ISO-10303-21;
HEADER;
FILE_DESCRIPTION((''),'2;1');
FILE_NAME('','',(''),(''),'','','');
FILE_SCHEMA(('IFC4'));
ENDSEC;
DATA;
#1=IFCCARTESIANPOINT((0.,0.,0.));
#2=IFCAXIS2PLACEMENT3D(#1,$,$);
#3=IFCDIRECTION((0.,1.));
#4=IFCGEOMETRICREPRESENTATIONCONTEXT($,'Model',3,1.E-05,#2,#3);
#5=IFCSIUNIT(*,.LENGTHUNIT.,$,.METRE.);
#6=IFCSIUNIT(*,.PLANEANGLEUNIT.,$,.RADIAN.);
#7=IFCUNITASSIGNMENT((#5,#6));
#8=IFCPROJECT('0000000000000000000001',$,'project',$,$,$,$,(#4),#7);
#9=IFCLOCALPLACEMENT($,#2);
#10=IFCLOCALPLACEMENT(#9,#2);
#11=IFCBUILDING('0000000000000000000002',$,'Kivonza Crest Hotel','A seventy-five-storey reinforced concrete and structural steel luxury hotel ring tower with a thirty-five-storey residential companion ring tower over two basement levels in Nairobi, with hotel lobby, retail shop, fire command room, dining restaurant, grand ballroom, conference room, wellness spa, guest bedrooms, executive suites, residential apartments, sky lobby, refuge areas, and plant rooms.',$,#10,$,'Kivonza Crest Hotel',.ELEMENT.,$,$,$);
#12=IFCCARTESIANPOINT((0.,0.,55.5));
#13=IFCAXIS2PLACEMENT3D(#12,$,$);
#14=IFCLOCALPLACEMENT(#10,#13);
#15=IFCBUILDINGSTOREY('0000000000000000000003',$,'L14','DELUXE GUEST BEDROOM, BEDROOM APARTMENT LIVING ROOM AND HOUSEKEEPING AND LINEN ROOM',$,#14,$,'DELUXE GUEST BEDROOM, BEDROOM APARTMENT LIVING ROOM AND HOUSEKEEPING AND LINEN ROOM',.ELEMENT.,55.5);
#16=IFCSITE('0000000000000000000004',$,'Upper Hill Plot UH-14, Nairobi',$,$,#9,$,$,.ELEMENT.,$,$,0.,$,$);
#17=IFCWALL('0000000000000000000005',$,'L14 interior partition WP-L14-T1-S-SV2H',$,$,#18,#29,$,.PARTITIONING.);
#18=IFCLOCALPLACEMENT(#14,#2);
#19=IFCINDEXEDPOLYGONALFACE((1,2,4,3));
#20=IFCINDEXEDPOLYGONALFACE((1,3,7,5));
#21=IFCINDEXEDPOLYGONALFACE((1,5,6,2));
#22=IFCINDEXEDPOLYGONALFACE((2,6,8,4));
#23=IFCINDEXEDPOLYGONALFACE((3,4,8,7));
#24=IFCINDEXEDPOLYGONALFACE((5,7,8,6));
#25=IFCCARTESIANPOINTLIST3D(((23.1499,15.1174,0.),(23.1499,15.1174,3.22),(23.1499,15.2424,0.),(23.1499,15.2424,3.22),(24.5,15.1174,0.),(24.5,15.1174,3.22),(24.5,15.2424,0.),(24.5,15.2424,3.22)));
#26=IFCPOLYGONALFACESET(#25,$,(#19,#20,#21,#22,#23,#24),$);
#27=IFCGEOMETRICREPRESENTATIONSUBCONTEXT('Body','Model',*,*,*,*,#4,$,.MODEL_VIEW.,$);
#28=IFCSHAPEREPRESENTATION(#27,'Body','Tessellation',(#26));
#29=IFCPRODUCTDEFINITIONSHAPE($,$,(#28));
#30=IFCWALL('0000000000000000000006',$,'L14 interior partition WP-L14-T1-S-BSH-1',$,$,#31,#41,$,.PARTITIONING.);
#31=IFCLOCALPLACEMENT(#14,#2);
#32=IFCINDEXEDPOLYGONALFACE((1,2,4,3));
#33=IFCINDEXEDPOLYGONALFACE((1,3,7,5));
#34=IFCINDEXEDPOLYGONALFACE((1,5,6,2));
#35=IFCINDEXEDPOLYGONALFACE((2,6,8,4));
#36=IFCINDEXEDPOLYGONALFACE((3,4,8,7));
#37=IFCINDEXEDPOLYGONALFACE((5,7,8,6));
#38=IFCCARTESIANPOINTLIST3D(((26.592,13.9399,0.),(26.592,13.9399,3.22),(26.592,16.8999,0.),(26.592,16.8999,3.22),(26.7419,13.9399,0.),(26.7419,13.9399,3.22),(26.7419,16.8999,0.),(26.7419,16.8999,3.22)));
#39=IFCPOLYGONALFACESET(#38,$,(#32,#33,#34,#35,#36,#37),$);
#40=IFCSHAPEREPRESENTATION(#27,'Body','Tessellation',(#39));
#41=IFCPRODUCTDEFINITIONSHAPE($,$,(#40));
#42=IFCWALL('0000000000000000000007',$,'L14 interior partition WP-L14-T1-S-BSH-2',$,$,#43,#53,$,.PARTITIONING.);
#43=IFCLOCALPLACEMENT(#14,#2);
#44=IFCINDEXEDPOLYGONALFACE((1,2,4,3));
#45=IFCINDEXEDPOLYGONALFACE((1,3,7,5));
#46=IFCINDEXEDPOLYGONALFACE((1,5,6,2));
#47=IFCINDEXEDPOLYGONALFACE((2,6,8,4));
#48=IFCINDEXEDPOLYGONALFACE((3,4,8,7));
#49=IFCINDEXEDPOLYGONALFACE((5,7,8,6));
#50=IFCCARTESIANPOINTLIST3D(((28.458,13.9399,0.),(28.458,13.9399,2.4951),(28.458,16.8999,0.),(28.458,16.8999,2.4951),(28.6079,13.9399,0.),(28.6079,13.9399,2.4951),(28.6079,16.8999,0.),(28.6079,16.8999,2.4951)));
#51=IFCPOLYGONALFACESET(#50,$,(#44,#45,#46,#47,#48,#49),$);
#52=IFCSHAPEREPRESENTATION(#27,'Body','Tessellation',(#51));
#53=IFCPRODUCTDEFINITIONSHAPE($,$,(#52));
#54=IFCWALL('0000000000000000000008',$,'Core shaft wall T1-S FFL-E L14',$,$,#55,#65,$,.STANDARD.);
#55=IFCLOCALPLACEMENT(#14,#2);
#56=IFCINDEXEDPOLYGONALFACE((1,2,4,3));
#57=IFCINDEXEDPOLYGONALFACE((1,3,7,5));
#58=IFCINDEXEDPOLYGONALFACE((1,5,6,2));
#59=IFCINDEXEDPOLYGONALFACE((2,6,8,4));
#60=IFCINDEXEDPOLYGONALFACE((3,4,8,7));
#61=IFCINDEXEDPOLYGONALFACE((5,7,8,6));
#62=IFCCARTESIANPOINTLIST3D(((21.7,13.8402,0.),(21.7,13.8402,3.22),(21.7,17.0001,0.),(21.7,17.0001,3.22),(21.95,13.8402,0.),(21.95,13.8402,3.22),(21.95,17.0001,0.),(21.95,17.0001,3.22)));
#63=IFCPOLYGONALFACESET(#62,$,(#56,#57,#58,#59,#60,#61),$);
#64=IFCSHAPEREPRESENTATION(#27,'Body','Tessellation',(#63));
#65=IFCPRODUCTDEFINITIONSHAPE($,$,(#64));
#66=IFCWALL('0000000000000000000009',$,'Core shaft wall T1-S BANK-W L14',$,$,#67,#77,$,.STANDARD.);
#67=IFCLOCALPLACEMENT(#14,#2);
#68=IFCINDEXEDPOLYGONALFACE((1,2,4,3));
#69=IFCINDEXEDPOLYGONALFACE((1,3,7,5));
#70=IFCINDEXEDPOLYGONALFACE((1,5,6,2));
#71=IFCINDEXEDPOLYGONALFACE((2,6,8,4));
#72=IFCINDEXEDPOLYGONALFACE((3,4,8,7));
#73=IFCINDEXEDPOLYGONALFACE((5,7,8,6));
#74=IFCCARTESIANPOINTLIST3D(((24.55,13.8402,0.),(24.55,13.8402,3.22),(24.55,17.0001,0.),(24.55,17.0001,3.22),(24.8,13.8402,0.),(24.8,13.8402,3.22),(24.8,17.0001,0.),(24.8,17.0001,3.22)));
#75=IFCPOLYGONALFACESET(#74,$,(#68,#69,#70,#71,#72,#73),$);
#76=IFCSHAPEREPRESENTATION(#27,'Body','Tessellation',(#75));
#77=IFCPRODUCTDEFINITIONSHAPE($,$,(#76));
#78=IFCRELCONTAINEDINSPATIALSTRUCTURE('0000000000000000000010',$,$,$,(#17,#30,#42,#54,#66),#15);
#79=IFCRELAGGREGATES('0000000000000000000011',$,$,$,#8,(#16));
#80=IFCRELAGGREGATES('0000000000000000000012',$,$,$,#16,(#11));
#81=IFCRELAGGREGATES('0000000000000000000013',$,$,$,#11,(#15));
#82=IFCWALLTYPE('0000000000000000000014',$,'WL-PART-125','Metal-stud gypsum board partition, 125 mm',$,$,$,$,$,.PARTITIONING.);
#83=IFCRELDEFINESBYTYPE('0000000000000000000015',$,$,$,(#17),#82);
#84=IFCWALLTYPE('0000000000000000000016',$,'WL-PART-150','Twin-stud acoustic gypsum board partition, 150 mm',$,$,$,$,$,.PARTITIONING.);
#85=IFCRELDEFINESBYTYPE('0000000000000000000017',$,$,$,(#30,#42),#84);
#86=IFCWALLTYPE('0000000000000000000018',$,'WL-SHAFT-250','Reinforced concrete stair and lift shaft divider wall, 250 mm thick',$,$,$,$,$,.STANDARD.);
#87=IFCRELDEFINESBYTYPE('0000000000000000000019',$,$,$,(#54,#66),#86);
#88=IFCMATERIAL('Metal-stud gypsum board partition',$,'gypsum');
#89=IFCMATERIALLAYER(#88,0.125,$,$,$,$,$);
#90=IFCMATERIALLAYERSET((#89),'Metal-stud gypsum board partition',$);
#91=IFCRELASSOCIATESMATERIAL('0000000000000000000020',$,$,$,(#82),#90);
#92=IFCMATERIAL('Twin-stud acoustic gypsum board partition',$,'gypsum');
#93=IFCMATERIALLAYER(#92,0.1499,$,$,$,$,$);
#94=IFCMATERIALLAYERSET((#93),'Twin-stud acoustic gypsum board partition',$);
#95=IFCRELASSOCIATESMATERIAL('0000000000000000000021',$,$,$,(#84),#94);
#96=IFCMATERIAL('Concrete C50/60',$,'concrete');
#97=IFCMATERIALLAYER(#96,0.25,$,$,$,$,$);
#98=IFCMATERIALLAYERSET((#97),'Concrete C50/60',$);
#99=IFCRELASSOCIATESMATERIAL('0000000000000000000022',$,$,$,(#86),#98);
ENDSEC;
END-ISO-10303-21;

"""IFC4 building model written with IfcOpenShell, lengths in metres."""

from ifc_helpers import new_model, si_unit, direction, frame, frame_2d, origin, place, context, subcontext, project, spatial, rectangle, extrude, material, layer, layer_set, type_object, element, save


model = new_model("IFC4")

# Units and contexts
model_context = context("Model", 3, precision=1e-05, world=origin(), true_north=direction((0.0, 1.0)))
body_context = subcontext(model_context, "Body", "Model", "MODEL_VIEW")
ifc_project = project(units=[si_unit("LENGTHUNIT", "METRE"), si_unit("PLANEANGLEUNIT", "RADIAN")], contexts=[model_context])

# Site, building, storey
site_placement = place(None, origin())
site = spatial("IfcSite", under=ifc_project, at=site_placement, Name="Upper Hill Plot UH-14, Nairobi", CompositionType="ELEMENT", RefElevation=0.0)
building_placement = place(site_placement, origin())
building = spatial("IfcBuilding", under=site, at=building_placement, Name="Kivonza Crest Hotel", Description="A seventy-five-storey reinforced concrete and structural steel luxury hotel ring tower with a thirty-five-storey residential companion ring tower over two basement levels in Nairobi, with hotel lobby, retail shop, fire command room, dining restaurant, grand ballroom, conference room, wellness spa, guest bedrooms, executive suites, residential apartments, sky lobby, refuge areas, and plant rooms.", LongName="Kivonza Crest Hotel", CompositionType="ELEMENT")
storey_placement = place(building_placement, frame((0.0, 0.0, 55.5)))
storey = spatial("IfcBuildingStorey", under=building, at=storey_placement, Name="L14", Description="DELUXE GUEST BEDROOM, BEDROOM APARTMENT LIVING ROOM AND HOUSEKEEPING AND LINEN ROOM", LongName="DELUXE GUEST BEDROOM, BEDROOM APARTMENT LIVING ROOM AND HOUSEKEEPING AND LINEN ROOM", CompositionType="ELEMENT", Elevation=55.5)

# Walls
ifc_material_1 = material(Name="Metal-stud gypsum board partition", Category="gypsum")
ifc_layer_1 = layer(ifc_material_1, 0.125)
ifc_layer_set_1 = layer_set([ifc_layer_1], Name="Metal-stud gypsum board partition")
wall_type_1 = type_object("IfcWallType", Name="WL-PART-125", Description="Metal-stud gypsum board partition, 125 mm", PredefinedType="PARTITIONING", material=ifc_layer_set_1)
wall_1_placement = place(storey_placement, frame((23.1499, 15.1799, 0.0), z_axis=(0.0, 0.0, 1.0), x_axis=(1.0, 0.0, 0.0)))
element("IfcWall", 1, at=wall_1_placement, inside=storey, type_object=wall_type_1, Name="L14 interior partition WP-L14-T1-S-SV2H", PredefinedType="PARTITIONING", context=body_context, shape_type="SweptSolid", body=[
    extrude(rectangle(XDim=1.3501, YDim=0.125, at=frame_2d((0.675, 0.0))), origin(), (0.0, 0.0, 1.0), 3.22),
])
ifc_material_2 = material(Name="Twin-stud acoustic gypsum board partition", Category="gypsum")
ifc_layer_2 = layer(ifc_material_2, 0.1499)
ifc_layer_set_2 = layer_set([ifc_layer_2], Name="Twin-stud acoustic gypsum board partition")
wall_type_2 = type_object("IfcWallType", Name="WL-PART-150", Description="Twin-stud acoustic gypsum board partition, 150 mm", PredefinedType="PARTITIONING", material=ifc_layer_set_2)
wall_2_placement = place(storey_placement, frame((26.667, 13.9399, 0.0), z_axis=(0.0, 0.0, 1.0), x_axis=(0.0, 1.0, 0.0)))
element("IfcWall", 2, at=wall_2_placement, inside=storey, type_object=wall_type_2, Name="L14 interior partition WP-L14-T1-S-BSH-1", PredefinedType="PARTITIONING", context=body_context, shape_type="SweptSolid", body=[
    extrude(rectangle(XDim=2.96, YDim=0.1499, at=frame_2d((1.48, 0.0))), origin(), (0.0, 0.0, 1.0), 3.22),
])
wall_3_placement = place(storey_placement, frame((28.533, 13.9399, 0.0), z_axis=(0.0, 0.0, 1.0), x_axis=(0.0, 1.0, 0.0)))
element("IfcWall", 3, at=wall_3_placement, inside=storey, type_object=wall_type_2, Name="L14 interior partition WP-L14-T1-S-BSH-2", PredefinedType="PARTITIONING", context=body_context, shape_type="SweptSolid", body=[
    extrude(rectangle(XDim=2.96, YDim=0.1499, at=frame_2d((1.48, 0.0))), origin(), (0.0, 0.0, 1.0), 2.4951),
])

# Shared definitions
ifc_material_3 = material(Name="Concrete C50/60", Category="concrete")
ifc_layer_3 = layer(ifc_material_3, 0.25)
ifc_layer_set_3 = layer_set([ifc_layer_3], Name="Concrete C50/60")
wall_type_3 = type_object("IfcWallType", Name="WL-SHAFT-250", Description="Reinforced concrete stair and lift shaft divider wall, 250 mm thick", PredefinedType="STANDARD", material=ifc_layer_set_3)

# Walls
for number, where, z_axis, x_axis, name in (
    (4, (21.825, 13.8401, 0.0), (0.0, 0.0, 1.0), (0.0, 1.0, 0.0), "Core shaft wall T1-S FFL-E L14"),
    (5, (24.675, 13.8401, 0.0), (0.0, 0.0, 1.0), (0.0, 1.0, 0.0), "Core shaft wall T1-S BANK-W L14"),
):
    element("IfcWall", number, at=place(storey_placement, frame(where, z_axis=z_axis, x_axis=x_axis)), inside=storey, type_object=wall_type_3, Name=name, PredefinedType="STANDARD", context=body_context, shape_type="SweptSolid", body=[
        extrude(rectangle(XDim=3.1599, YDim=0.25, at=frame_2d((1.5801, 0.0))), origin(), (0.0, 0.0, 1.0), 3.22),
    ])

save(model, "model.ifc")
